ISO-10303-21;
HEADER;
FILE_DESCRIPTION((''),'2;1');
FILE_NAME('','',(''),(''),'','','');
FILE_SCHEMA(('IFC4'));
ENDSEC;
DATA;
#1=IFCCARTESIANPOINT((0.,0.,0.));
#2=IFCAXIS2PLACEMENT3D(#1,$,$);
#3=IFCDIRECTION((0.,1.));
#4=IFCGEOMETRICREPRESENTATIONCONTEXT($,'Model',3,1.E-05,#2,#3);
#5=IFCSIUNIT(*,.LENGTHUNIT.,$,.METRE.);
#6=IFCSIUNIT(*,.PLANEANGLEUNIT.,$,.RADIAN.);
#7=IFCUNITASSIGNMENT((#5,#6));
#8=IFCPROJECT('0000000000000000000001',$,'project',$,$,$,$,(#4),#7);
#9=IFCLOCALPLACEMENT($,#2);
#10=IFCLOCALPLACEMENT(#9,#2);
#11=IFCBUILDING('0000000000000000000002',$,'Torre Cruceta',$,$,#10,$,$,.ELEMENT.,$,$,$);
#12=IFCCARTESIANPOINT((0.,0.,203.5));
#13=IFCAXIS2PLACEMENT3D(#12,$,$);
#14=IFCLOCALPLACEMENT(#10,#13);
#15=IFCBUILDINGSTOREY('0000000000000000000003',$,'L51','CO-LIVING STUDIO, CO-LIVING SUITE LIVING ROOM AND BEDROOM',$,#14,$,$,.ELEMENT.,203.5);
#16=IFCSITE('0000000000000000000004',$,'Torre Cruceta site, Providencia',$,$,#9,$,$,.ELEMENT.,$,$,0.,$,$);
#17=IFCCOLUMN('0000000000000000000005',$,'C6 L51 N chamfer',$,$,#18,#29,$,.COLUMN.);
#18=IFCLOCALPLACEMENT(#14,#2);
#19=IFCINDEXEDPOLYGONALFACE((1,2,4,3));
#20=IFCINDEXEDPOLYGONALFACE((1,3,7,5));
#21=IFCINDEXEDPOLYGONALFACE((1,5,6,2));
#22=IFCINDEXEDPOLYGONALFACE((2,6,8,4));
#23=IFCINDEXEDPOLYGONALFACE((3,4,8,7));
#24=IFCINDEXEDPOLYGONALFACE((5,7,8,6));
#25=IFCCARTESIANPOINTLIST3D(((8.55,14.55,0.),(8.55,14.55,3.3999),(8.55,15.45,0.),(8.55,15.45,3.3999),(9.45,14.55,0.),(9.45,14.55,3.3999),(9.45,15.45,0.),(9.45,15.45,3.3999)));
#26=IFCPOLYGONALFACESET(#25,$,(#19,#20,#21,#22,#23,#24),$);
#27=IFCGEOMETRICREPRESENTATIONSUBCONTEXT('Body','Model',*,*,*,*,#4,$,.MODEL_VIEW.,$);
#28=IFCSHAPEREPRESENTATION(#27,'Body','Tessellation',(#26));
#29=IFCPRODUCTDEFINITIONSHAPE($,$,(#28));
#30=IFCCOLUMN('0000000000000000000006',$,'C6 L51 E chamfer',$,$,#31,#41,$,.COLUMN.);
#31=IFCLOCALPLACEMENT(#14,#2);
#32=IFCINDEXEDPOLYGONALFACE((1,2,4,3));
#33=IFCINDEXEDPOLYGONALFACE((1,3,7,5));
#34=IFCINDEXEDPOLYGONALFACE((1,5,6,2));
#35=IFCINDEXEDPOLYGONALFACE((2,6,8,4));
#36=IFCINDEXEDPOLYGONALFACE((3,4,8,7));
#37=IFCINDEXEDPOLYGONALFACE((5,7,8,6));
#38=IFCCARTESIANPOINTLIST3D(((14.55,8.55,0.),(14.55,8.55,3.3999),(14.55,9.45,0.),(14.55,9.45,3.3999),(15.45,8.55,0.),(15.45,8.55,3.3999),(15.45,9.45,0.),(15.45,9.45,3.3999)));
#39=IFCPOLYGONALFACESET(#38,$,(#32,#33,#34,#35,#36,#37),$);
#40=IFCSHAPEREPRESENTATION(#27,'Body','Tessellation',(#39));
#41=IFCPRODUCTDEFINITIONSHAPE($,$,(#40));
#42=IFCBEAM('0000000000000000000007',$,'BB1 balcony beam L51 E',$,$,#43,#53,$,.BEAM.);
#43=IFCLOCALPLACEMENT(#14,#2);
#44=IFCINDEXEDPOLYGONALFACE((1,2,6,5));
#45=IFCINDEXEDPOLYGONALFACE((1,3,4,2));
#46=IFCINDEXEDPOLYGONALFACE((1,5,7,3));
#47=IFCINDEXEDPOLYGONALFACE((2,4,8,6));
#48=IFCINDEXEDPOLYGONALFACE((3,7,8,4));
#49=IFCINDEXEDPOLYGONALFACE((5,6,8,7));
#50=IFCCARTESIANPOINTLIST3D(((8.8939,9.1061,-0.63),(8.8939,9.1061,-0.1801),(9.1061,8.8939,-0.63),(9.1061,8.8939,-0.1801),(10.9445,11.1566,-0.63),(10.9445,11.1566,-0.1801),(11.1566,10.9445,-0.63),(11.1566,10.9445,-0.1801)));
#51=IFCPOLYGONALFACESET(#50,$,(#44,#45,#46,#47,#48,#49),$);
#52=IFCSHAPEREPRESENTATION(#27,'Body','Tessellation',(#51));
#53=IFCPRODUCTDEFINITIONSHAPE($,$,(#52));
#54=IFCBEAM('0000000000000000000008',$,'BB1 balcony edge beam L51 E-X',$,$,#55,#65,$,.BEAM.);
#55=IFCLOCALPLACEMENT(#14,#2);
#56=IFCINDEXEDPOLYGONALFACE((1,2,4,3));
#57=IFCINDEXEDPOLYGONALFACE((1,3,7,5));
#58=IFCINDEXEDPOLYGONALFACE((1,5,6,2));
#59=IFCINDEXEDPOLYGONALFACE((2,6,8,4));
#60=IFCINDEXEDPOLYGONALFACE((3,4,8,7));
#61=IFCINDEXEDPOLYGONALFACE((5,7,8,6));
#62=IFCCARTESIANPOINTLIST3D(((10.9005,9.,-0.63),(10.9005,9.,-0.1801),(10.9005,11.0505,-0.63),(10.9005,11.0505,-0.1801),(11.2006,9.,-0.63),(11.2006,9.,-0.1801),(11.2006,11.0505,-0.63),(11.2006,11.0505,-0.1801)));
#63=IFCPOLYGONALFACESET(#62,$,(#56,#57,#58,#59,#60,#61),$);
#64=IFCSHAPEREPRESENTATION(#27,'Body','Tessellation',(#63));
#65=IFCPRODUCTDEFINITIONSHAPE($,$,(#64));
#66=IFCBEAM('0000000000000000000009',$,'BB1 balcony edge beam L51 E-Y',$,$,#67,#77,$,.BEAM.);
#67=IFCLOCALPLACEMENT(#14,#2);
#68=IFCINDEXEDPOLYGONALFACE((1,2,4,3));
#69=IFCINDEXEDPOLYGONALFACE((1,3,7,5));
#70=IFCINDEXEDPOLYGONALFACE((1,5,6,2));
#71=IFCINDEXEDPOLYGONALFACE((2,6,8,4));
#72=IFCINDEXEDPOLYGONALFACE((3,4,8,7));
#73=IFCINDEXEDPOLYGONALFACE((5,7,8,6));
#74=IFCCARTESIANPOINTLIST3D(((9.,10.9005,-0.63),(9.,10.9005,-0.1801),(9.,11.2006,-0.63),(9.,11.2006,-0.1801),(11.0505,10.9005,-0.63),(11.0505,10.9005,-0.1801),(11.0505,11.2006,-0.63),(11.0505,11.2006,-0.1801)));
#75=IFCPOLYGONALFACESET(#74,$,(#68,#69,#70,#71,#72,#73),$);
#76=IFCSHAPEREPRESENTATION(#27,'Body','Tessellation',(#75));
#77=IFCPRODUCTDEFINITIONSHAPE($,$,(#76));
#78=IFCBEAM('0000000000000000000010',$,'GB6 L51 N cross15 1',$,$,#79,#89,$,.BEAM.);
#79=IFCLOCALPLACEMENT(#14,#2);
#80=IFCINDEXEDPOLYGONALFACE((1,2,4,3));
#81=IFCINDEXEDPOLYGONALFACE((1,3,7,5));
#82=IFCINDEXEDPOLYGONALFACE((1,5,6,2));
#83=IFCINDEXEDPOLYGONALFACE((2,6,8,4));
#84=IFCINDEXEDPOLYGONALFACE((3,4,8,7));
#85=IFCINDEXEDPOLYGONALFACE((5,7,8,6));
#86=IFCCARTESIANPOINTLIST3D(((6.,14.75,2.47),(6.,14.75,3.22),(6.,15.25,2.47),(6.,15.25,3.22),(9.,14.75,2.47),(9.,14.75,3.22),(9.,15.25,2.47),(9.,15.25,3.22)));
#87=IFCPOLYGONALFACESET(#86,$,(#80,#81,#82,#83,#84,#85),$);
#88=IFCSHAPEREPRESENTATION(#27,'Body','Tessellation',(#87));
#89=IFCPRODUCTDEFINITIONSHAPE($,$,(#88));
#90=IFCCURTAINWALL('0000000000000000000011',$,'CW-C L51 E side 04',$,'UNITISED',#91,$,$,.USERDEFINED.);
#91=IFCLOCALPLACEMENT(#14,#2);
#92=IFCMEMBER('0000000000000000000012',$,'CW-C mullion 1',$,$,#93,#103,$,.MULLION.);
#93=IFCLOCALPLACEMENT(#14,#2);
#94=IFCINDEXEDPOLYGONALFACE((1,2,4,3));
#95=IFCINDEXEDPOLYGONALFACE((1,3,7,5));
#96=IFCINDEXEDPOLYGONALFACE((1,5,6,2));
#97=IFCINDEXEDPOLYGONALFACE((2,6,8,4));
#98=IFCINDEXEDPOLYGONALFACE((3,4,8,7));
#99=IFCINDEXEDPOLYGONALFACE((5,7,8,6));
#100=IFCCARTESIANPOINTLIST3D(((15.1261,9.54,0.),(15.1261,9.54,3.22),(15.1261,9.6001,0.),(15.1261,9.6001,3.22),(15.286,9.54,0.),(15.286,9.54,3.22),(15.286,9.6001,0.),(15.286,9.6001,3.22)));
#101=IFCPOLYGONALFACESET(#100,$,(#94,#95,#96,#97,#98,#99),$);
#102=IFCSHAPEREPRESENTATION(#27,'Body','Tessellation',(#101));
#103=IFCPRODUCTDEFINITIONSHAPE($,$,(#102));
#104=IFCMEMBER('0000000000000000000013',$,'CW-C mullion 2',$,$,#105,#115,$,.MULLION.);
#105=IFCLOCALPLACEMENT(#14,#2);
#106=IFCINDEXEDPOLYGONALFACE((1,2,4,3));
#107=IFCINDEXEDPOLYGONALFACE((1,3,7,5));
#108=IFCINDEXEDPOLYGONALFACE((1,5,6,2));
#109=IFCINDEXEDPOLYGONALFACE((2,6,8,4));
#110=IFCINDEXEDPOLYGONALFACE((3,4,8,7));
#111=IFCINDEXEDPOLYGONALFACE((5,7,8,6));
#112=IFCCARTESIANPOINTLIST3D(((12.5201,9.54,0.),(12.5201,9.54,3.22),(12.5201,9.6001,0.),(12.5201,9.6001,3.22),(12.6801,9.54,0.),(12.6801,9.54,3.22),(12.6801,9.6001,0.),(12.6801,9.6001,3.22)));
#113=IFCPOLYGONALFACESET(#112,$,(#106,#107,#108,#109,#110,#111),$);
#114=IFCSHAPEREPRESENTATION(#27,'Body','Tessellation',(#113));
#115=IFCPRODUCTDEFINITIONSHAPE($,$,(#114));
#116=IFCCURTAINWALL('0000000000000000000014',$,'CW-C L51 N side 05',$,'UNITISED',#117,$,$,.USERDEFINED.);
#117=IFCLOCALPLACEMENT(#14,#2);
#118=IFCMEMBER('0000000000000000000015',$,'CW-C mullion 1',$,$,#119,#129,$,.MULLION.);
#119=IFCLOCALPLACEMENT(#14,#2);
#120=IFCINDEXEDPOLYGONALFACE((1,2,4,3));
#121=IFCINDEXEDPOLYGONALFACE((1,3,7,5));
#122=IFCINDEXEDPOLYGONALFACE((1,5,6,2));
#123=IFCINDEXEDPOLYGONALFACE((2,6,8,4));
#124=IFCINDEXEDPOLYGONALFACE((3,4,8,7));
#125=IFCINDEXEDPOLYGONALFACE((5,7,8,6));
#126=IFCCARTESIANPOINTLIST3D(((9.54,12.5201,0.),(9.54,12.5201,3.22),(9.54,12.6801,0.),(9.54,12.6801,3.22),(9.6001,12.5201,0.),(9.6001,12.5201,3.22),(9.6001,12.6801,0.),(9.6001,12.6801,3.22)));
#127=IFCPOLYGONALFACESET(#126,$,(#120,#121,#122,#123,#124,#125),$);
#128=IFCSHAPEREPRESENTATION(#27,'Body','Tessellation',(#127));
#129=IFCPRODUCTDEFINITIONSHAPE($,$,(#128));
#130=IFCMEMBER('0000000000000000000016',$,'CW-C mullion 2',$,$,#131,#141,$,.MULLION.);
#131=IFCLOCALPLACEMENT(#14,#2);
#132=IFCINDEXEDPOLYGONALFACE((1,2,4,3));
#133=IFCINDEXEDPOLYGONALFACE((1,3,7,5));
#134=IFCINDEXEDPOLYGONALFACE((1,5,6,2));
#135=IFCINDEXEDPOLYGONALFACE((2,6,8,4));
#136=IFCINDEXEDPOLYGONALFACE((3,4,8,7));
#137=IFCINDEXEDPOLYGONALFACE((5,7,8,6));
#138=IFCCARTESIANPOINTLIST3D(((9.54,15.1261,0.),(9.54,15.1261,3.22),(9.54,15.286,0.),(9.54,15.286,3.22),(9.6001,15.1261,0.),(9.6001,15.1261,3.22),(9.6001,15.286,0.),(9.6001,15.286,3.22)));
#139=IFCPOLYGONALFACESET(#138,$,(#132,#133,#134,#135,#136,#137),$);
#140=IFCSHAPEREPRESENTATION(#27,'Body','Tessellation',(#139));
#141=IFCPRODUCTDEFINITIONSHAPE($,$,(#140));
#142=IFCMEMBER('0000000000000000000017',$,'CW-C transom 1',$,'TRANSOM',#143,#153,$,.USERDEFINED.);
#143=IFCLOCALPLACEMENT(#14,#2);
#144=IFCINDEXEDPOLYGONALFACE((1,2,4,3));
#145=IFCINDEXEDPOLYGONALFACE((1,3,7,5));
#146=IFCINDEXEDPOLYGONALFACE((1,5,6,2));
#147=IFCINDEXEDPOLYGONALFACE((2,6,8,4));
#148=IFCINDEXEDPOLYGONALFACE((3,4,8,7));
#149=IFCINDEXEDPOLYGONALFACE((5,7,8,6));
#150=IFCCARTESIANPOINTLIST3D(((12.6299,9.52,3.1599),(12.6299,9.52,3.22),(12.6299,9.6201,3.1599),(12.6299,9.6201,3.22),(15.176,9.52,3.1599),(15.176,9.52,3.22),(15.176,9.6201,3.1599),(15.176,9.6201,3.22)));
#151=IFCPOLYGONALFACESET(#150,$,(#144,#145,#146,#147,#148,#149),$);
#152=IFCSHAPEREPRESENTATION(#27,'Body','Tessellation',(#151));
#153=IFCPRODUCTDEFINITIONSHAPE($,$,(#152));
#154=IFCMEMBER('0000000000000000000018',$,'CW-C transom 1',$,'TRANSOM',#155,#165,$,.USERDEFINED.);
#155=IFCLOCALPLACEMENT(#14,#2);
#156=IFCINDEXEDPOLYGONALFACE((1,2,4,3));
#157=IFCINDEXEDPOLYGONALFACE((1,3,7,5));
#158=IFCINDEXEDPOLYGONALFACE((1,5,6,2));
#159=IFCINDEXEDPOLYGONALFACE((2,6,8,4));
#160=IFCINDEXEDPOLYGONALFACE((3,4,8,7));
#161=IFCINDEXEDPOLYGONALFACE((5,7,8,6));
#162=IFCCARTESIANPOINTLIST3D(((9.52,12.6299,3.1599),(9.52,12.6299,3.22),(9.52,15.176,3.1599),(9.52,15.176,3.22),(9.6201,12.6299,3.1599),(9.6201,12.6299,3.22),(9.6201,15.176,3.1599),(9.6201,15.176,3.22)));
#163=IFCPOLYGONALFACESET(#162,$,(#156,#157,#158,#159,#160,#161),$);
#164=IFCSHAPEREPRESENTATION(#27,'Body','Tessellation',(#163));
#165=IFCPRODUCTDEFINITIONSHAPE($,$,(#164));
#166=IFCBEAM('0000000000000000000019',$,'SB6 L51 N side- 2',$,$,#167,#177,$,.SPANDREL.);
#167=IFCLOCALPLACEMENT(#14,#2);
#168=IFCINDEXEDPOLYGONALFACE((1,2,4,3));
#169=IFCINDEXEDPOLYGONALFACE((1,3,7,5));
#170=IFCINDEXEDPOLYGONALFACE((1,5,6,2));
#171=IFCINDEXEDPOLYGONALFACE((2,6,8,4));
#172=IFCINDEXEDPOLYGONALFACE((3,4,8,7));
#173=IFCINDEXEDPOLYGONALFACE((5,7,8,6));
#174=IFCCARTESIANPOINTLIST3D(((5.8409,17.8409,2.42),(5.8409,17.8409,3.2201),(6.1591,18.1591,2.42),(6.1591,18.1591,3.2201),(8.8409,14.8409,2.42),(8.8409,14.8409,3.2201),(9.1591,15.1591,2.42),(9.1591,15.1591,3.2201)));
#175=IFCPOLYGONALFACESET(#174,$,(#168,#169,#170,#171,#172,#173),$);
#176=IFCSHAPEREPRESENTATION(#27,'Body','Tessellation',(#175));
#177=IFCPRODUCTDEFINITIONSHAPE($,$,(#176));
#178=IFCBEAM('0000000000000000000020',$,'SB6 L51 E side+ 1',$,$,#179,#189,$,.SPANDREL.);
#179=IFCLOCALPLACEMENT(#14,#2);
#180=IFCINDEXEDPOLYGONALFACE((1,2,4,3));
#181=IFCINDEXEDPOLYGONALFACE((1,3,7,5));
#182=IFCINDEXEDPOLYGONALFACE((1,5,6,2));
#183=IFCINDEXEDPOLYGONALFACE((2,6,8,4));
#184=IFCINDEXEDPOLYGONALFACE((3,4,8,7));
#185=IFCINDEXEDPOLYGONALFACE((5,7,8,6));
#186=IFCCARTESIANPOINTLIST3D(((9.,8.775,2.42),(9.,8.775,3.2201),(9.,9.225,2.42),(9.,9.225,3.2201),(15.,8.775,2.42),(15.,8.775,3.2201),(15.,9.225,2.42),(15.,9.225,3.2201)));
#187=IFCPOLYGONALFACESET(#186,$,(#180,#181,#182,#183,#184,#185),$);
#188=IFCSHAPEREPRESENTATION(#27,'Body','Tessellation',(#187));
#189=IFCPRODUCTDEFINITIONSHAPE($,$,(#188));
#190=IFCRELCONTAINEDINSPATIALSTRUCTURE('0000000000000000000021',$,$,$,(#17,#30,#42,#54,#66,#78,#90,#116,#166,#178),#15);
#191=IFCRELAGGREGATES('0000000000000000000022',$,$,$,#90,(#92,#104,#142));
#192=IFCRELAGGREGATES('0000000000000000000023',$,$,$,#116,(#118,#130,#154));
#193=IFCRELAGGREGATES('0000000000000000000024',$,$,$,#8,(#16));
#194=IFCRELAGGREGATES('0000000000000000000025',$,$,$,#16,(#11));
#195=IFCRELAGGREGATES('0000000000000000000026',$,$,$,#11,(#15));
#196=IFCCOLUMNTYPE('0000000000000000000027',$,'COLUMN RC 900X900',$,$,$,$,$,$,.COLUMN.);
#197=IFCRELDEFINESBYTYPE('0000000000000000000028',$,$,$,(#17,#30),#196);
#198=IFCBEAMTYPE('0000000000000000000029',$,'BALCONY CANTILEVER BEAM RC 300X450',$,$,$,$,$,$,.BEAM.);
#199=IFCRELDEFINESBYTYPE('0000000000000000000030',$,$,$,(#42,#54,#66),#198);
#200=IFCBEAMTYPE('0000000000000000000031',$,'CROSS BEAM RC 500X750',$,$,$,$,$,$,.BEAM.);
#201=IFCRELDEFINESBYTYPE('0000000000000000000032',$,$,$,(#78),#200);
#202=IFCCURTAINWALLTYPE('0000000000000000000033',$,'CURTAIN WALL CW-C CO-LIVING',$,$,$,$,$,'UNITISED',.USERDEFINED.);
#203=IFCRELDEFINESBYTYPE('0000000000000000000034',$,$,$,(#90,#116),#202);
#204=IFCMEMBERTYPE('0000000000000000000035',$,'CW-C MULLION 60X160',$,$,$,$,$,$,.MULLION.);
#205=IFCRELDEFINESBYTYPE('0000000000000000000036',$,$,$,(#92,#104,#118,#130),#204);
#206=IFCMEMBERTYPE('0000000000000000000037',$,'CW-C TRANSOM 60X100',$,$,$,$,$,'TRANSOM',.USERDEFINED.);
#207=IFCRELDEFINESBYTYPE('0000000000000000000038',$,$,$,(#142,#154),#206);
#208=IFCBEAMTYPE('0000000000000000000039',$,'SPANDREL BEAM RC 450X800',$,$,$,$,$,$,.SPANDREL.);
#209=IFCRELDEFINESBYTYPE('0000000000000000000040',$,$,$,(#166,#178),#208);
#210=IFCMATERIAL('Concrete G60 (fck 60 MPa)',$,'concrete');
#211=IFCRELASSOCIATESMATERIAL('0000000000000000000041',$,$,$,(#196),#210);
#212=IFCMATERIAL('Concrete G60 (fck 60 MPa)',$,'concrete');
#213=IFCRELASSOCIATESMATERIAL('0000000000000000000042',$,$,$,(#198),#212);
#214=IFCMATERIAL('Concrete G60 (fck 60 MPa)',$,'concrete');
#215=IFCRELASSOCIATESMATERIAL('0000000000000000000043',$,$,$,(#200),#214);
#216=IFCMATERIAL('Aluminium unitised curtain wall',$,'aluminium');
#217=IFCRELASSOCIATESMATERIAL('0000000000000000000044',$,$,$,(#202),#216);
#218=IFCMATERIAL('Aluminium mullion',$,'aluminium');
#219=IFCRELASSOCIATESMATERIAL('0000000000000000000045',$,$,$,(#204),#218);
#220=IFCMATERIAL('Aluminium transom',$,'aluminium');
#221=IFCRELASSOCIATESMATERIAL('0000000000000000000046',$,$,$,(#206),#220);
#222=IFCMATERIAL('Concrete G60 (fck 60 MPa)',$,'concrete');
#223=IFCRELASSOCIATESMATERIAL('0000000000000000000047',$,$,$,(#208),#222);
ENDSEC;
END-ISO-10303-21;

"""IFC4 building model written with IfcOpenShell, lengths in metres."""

from ifc_helpers import new_model, si_unit, direction, frame, origin, origin_2d, place, context, subcontext, project, spatial, rectangle, extrude, material, material_profile, profile_set, type_object, element, aggregate, save


model = new_model("IFC4")

# Units and contexts
model_context = context("Model", 3, precision=1e-05, world=origin(), true_north=direction((0.0, 1.0)))
body_context = subcontext(model_context, "Body", "Model", "MODEL_VIEW")
ifc_project = project(units=[si_unit("LENGTHUNIT", "METRE"), si_unit("PLANEANGLEUNIT", "RADIAN")], contexts=[model_context])

# Site, building, storey
site_placement = place(None, origin())
site = spatial("IfcSite", under=ifc_project, at=site_placement, Name="Torre Cruceta site, Providencia", CompositionType="ELEMENT", RefElevation=0.0)
building_placement = place(site_placement, origin())
building = spatial("IfcBuilding", under=site, at=building_placement, Name="Torre Cruceta", CompositionType="ELEMENT")
storey_placement = place(building_placement, frame((0.0, 0.0, 203.5)))
storey = spatial("IfcBuildingStorey", under=building, at=storey_placement, Name="L51", Description="CO-LIVING STUDIO, CO-LIVING SUITE LIVING ROOM AND BEDROOM", CompositionType="ELEMENT", Elevation=203.5)

# Columns
ifc_material_1 = material(Name="Concrete G60 (fck 60 MPa)", Category="concrete")
ifc_material_profile_1 = material_profile(ifc_material_1, rectangle(XDim=0.8999, YDim=0.8999, at=origin_2d()), Name="RC 900X900")
ifc_profile_set_1 = profile_set([ifc_material_profile_1], Name="Concrete G60 (fck 60 MPa)")
column_type = type_object("IfcColumnType", Name="COLUMN RC 900X900", PredefinedType="COLUMN", material=ifc_profile_set_1)
for number, where, z_axis, x_axis, name in (
    (1, (9.0, 15.0, 0.0), (0.0, 0.0, 1.0), (1.0, 0.0, 0.0), "C6 L51 N chamfer"),
    (2, (15.0, 9.0, 0.0), (0.0, 0.0, 1.0), (1.0, 0.0, 0.0), "C6 L51 E chamfer"),
):
    element("IfcColumn", number, at=place(storey_placement, frame(where, z_axis=z_axis, x_axis=x_axis)), inside=storey, type_object=column_type, Name=name, PredefinedType="COLUMN", context=body_context, shape_type="SweptSolid", body=[
        extrude(rectangle(XDim=0.8999, YDim=0.8999, at=origin_2d()), origin(), (0.0, 0.0, 1.0), 3.3999),
    ])

# Beams
ifc_material_2 = material(Name="Concrete G60 (fck 60 MPa)", Category="concrete")
ifc_material_profile_2 = material_profile(ifc_material_2, rectangle(XDim=0.3, YDim=0.45, at=origin_2d()), Name="RC 300X450")
ifc_profile_set_2 = profile_set([ifc_material_profile_2], Name="Concrete G60 (fck 60 MPa)")
beam_type_1 = type_object("IfcBeamType", Name="BALCONY CANTILEVER BEAM RC 300X450", PredefinedType="BEAM", material=ifc_profile_set_2)
beam_1_placement = place(storey_placement, frame((9.0, 9.0, -0.405), z_axis=(0.707107, 0.707107, 0.0), x_axis=(-0.707107, 0.707107, 0.0)))
element("IfcBeam", 3, at=beam_1_placement, inside=storey, type_object=beam_type_1, Name="BB1 balcony beam L51 E", PredefinedType="BEAM", context=body_context, shape_type="SweptSolid", body=[
    extrude(rectangle(XDim=0.3, YDim=0.45, at=origin_2d()), origin(), (0.0, 0.0, 1.0), 2.8999),
])
for number, where, z_axis, x_axis, name in (
    (4, (11.0505, 9.0, -0.405), (0.0, 1.0, 0.0), (-1.0, 0.0, 0.0), "BB1 balcony edge beam L51 E-X"),
    (5, (9.0, 11.0505, -0.405), (1.0, 0.0, 0.0), (0.0, 1.0, 0.0), "BB1 balcony edge beam L51 E-Y"),
):
    element("IfcBeam", number, at=place(storey_placement, frame(where, z_axis=z_axis, x_axis=x_axis)), inside=storey, type_object=beam_type_1, Name=name, PredefinedType="BEAM", context=body_context, shape_type="SweptSolid", body=[
        extrude(rectangle(XDim=0.3, YDim=0.45, at=origin_2d()), origin(), (0.0, 0.0, 1.0), 2.0505),
    ])
ifc_material_3 = material(Name="Concrete G60 (fck 60 MPa)", Category="concrete")
ifc_material_profile_3 = material_profile(ifc_material_3, rectangle(XDim=0.5, YDim=0.75, at=origin_2d()), Name="RC 500X750")
ifc_profile_set_3 = profile_set([ifc_material_profile_3], Name="Concrete G60 (fck 60 MPa)")
beam_type_2 = type_object("IfcBeamType", Name="CROSS BEAM RC 500X750", PredefinedType="BEAM", material=ifc_profile_set_3)
beam_2_placement = place(storey_placement, frame((9.0, 15.0, 2.845), z_axis=(-1.0, 0.0, 0.0), x_axis=(0.0, -1.0, 0.0)))
element("IfcBeam", 6, at=beam_2_placement, inside=storey, type_object=beam_type_2, Name="GB6 L51 N cross15 1", PredefinedType="BEAM", context=body_context, shape_type="SweptSolid", body=[
    extrude(rectangle(XDim=0.5, YDim=0.75, at=origin_2d()), origin(), (0.0, 0.0, 1.0), 3.0),
])

# Curtain walls, members
ifc_material_4 = material(Name="Aluminium unitised curtain wall", Category="aluminium")
curtain_wall_type = type_object("IfcCurtainWallType", Name="CURTAIN WALL CW-C CO-LIVING", ElementType="UNITISED", PredefinedType="USERDEFINED", material=ifc_material_4)
curtain_wall_1_placement = place(storey_placement, origin())
curtain_wall_1 = element("IfcCurtainWall", 7, at=curtain_wall_1_placement, inside=storey, type_object=curtain_wall_type, Name="CW-C L51 E side 04", ObjectType="UNITISED", PredefinedType="USERDEFINED")
ifc_material_5 = material(Name="Aluminium mullion", Category="aluminium")
ifc_material_profile_4 = material_profile(ifc_material_5, rectangle(XDim=0.0601, YDim=0.1599, at=origin_2d()), Name="AL 60X160")
ifc_profile_set_4 = profile_set([ifc_material_profile_4], Name="Aluminium mullion")
member_type_1 = type_object("IfcMemberType", Name="CW-C MULLION 60X160", PredefinedType="MULLION", material=ifc_profile_set_4)
member_1_placement = place(storey_placement, frame((15.2061, 9.5701, 0.0), z_axis=(0.0, 0.0, 1.0), x_axis=(0.0, -1.0, 0.0)))
member_1 = element("IfcMember", 8, at=member_1_placement, type_object=member_type_1, Name="CW-C mullion 1", PredefinedType="MULLION", context=body_context, shape_type="SweptSolid", body=[
    extrude(rectangle(XDim=0.0601, YDim=0.1599, at=origin_2d()), origin(), (0.0, 0.0, 1.0), 3.22),
])
member_2_placement = place(storey_placement, frame((12.6001, 9.5701, 0.0), z_axis=(0.0, 0.0, 1.0), x_axis=(0.0, -1.0, 0.0)))
member_2 = element("IfcMember", 9, at=member_2_placement, type_object=member_type_1, Name="CW-C mullion 2", PredefinedType="MULLION", context=body_context, shape_type="SweptSolid", body=[
    extrude(rectangle(XDim=0.0601, YDim=0.1599, at=origin_2d()), origin(), (0.0, 0.0, 1.0), 3.22),
])
curtain_wall_2_placement = place(storey_placement, origin())
curtain_wall_2 = element("IfcCurtainWall", 10, at=curtain_wall_2_placement, inside=storey, type_object=curtain_wall_type, Name="CW-C L51 N side 05", ObjectType="UNITISED", PredefinedType="USERDEFINED")
member_3_placement = place(storey_placement, frame((9.5701, 12.6001, 0.0), z_axis=(0.0, 0.0, 1.0), x_axis=(-1.0, 0.0, 0.0)))
member_3 = element("IfcMember", 11, at=member_3_placement, type_object=member_type_1, Name="CW-C mullion 1", PredefinedType="MULLION", context=body_context, shape_type="SweptSolid", body=[
    extrude(rectangle(XDim=0.0601, YDim=0.1599, at=origin_2d()), origin(), (0.0, 0.0, 1.0), 3.22),
])
member_4_placement = place(storey_placement, frame((9.5701, 15.2061, 0.0), z_axis=(0.0, 0.0, 1.0), x_axis=(-1.0, 0.0, 0.0)))
member_4 = element("IfcMember", 12, at=member_4_placement, type_object=member_type_1, Name="CW-C mullion 2", PredefinedType="MULLION", context=body_context, shape_type="SweptSolid", body=[
    extrude(rectangle(XDim=0.0601, YDim=0.1599, at=origin_2d()), origin(), (0.0, 0.0, 1.0), 3.22),
])

# Members
ifc_material_6 = material(Name="Aluminium transom", Category="aluminium")
ifc_material_profile_5 = material_profile(ifc_material_6, rectangle(XDim=0.1001, YDim=0.0601, at=origin_2d()), Name="AL 100X60")
ifc_profile_set_5 = profile_set([ifc_material_profile_5], Name="Aluminium transom")
member_type_2 = type_object("IfcMemberType", Name="CW-C TRANSOM 60X100", ElementType="TRANSOM", PredefinedType="USERDEFINED", material=ifc_profile_set_5)
member_5_placement = place(storey_placement, frame((15.176, 9.5701, 3.1899), z_axis=(-1.0, 0.0, 0.0), x_axis=(0.0, -1.0, 0.0)))
member_5 = element("IfcMember", 13, at=member_5_placement, type_object=member_type_2, Name="CW-C transom 1", ObjectType="TRANSOM", PredefinedType="USERDEFINED", context=body_context, shape_type="SweptSolid", body=[
    extrude(rectangle(XDim=0.1001, YDim=0.0601, at=origin_2d()), origin(), (0.0, 0.0, 1.0), 2.5461),
])
member_6_placement = place(storey_placement, frame((9.5701, 12.6299, 3.1899), z_axis=(0.0, 1.0, 0.0), x_axis=(-1.0, 0.0, 0.0)))
member_6 = element("IfcMember", 14, at=member_6_placement, type_object=member_type_2, Name="CW-C transom 1", ObjectType="TRANSOM", PredefinedType="USERDEFINED", context=body_context, shape_type="SweptSolid", body=[
    extrude(rectangle(XDim=0.1001, YDim=0.0601, at=origin_2d()), origin(), (0.0, 0.0, 1.0), 2.5461),
])

# Beams
ifc_material_7 = material(Name="Concrete G60 (fck 60 MPa)", Category="concrete")
ifc_material_profile_6 = material_profile(ifc_material_7, rectangle(XDim=0.45, YDim=0.8, at=origin_2d()), Name="RC 450X800")
ifc_profile_set_6 = profile_set([ifc_material_profile_6], Name="Concrete G60 (fck 60 MPa)")
beam_type_3 = type_object("IfcBeamType", Name="SPANDREL BEAM RC 450X800", PredefinedType="SPANDREL", material=ifc_profile_set_6)
beam_3_placement = place(storey_placement, frame((9.0, 15.0, 2.8201), z_axis=(-0.707107, 0.707107, 0.0), x_axis=(-0.707107, -0.707107, 0.0)))
element("IfcBeam", 15, at=beam_3_placement, inside=storey, type_object=beam_type_3, Name="SB6 L51 N side- 2", PredefinedType="SPANDREL", context=body_context, shape_type="SweptSolid", body=[
    extrude(rectangle(XDim=0.45, YDim=0.8, at=origin_2d()), origin(), (0.0, 0.0, 1.0), 4.2427),
])
beam_4_placement = place(storey_placement, frame((9.0, 9.0, 2.8201), z_axis=(1.0, 0.0, 0.0), x_axis=(0.0, 1.0, 0.0)))
element("IfcBeam", 16, at=beam_4_placement, inside=storey, type_object=beam_type_3, Name="SB6 L51 E side+ 1", PredefinedType="SPANDREL", context=body_context, shape_type="SweptSolid", body=[
    extrude(rectangle(XDim=0.45, YDim=0.8, at=origin_2d()), origin(), (0.0, 0.0, 1.0), 6.0),
])

aggregate(curtain_wall_1, [member_1, member_2, member_5])
aggregate(curtain_wall_2, [member_3, member_4, member_6])

save(model, "model.ifc")
